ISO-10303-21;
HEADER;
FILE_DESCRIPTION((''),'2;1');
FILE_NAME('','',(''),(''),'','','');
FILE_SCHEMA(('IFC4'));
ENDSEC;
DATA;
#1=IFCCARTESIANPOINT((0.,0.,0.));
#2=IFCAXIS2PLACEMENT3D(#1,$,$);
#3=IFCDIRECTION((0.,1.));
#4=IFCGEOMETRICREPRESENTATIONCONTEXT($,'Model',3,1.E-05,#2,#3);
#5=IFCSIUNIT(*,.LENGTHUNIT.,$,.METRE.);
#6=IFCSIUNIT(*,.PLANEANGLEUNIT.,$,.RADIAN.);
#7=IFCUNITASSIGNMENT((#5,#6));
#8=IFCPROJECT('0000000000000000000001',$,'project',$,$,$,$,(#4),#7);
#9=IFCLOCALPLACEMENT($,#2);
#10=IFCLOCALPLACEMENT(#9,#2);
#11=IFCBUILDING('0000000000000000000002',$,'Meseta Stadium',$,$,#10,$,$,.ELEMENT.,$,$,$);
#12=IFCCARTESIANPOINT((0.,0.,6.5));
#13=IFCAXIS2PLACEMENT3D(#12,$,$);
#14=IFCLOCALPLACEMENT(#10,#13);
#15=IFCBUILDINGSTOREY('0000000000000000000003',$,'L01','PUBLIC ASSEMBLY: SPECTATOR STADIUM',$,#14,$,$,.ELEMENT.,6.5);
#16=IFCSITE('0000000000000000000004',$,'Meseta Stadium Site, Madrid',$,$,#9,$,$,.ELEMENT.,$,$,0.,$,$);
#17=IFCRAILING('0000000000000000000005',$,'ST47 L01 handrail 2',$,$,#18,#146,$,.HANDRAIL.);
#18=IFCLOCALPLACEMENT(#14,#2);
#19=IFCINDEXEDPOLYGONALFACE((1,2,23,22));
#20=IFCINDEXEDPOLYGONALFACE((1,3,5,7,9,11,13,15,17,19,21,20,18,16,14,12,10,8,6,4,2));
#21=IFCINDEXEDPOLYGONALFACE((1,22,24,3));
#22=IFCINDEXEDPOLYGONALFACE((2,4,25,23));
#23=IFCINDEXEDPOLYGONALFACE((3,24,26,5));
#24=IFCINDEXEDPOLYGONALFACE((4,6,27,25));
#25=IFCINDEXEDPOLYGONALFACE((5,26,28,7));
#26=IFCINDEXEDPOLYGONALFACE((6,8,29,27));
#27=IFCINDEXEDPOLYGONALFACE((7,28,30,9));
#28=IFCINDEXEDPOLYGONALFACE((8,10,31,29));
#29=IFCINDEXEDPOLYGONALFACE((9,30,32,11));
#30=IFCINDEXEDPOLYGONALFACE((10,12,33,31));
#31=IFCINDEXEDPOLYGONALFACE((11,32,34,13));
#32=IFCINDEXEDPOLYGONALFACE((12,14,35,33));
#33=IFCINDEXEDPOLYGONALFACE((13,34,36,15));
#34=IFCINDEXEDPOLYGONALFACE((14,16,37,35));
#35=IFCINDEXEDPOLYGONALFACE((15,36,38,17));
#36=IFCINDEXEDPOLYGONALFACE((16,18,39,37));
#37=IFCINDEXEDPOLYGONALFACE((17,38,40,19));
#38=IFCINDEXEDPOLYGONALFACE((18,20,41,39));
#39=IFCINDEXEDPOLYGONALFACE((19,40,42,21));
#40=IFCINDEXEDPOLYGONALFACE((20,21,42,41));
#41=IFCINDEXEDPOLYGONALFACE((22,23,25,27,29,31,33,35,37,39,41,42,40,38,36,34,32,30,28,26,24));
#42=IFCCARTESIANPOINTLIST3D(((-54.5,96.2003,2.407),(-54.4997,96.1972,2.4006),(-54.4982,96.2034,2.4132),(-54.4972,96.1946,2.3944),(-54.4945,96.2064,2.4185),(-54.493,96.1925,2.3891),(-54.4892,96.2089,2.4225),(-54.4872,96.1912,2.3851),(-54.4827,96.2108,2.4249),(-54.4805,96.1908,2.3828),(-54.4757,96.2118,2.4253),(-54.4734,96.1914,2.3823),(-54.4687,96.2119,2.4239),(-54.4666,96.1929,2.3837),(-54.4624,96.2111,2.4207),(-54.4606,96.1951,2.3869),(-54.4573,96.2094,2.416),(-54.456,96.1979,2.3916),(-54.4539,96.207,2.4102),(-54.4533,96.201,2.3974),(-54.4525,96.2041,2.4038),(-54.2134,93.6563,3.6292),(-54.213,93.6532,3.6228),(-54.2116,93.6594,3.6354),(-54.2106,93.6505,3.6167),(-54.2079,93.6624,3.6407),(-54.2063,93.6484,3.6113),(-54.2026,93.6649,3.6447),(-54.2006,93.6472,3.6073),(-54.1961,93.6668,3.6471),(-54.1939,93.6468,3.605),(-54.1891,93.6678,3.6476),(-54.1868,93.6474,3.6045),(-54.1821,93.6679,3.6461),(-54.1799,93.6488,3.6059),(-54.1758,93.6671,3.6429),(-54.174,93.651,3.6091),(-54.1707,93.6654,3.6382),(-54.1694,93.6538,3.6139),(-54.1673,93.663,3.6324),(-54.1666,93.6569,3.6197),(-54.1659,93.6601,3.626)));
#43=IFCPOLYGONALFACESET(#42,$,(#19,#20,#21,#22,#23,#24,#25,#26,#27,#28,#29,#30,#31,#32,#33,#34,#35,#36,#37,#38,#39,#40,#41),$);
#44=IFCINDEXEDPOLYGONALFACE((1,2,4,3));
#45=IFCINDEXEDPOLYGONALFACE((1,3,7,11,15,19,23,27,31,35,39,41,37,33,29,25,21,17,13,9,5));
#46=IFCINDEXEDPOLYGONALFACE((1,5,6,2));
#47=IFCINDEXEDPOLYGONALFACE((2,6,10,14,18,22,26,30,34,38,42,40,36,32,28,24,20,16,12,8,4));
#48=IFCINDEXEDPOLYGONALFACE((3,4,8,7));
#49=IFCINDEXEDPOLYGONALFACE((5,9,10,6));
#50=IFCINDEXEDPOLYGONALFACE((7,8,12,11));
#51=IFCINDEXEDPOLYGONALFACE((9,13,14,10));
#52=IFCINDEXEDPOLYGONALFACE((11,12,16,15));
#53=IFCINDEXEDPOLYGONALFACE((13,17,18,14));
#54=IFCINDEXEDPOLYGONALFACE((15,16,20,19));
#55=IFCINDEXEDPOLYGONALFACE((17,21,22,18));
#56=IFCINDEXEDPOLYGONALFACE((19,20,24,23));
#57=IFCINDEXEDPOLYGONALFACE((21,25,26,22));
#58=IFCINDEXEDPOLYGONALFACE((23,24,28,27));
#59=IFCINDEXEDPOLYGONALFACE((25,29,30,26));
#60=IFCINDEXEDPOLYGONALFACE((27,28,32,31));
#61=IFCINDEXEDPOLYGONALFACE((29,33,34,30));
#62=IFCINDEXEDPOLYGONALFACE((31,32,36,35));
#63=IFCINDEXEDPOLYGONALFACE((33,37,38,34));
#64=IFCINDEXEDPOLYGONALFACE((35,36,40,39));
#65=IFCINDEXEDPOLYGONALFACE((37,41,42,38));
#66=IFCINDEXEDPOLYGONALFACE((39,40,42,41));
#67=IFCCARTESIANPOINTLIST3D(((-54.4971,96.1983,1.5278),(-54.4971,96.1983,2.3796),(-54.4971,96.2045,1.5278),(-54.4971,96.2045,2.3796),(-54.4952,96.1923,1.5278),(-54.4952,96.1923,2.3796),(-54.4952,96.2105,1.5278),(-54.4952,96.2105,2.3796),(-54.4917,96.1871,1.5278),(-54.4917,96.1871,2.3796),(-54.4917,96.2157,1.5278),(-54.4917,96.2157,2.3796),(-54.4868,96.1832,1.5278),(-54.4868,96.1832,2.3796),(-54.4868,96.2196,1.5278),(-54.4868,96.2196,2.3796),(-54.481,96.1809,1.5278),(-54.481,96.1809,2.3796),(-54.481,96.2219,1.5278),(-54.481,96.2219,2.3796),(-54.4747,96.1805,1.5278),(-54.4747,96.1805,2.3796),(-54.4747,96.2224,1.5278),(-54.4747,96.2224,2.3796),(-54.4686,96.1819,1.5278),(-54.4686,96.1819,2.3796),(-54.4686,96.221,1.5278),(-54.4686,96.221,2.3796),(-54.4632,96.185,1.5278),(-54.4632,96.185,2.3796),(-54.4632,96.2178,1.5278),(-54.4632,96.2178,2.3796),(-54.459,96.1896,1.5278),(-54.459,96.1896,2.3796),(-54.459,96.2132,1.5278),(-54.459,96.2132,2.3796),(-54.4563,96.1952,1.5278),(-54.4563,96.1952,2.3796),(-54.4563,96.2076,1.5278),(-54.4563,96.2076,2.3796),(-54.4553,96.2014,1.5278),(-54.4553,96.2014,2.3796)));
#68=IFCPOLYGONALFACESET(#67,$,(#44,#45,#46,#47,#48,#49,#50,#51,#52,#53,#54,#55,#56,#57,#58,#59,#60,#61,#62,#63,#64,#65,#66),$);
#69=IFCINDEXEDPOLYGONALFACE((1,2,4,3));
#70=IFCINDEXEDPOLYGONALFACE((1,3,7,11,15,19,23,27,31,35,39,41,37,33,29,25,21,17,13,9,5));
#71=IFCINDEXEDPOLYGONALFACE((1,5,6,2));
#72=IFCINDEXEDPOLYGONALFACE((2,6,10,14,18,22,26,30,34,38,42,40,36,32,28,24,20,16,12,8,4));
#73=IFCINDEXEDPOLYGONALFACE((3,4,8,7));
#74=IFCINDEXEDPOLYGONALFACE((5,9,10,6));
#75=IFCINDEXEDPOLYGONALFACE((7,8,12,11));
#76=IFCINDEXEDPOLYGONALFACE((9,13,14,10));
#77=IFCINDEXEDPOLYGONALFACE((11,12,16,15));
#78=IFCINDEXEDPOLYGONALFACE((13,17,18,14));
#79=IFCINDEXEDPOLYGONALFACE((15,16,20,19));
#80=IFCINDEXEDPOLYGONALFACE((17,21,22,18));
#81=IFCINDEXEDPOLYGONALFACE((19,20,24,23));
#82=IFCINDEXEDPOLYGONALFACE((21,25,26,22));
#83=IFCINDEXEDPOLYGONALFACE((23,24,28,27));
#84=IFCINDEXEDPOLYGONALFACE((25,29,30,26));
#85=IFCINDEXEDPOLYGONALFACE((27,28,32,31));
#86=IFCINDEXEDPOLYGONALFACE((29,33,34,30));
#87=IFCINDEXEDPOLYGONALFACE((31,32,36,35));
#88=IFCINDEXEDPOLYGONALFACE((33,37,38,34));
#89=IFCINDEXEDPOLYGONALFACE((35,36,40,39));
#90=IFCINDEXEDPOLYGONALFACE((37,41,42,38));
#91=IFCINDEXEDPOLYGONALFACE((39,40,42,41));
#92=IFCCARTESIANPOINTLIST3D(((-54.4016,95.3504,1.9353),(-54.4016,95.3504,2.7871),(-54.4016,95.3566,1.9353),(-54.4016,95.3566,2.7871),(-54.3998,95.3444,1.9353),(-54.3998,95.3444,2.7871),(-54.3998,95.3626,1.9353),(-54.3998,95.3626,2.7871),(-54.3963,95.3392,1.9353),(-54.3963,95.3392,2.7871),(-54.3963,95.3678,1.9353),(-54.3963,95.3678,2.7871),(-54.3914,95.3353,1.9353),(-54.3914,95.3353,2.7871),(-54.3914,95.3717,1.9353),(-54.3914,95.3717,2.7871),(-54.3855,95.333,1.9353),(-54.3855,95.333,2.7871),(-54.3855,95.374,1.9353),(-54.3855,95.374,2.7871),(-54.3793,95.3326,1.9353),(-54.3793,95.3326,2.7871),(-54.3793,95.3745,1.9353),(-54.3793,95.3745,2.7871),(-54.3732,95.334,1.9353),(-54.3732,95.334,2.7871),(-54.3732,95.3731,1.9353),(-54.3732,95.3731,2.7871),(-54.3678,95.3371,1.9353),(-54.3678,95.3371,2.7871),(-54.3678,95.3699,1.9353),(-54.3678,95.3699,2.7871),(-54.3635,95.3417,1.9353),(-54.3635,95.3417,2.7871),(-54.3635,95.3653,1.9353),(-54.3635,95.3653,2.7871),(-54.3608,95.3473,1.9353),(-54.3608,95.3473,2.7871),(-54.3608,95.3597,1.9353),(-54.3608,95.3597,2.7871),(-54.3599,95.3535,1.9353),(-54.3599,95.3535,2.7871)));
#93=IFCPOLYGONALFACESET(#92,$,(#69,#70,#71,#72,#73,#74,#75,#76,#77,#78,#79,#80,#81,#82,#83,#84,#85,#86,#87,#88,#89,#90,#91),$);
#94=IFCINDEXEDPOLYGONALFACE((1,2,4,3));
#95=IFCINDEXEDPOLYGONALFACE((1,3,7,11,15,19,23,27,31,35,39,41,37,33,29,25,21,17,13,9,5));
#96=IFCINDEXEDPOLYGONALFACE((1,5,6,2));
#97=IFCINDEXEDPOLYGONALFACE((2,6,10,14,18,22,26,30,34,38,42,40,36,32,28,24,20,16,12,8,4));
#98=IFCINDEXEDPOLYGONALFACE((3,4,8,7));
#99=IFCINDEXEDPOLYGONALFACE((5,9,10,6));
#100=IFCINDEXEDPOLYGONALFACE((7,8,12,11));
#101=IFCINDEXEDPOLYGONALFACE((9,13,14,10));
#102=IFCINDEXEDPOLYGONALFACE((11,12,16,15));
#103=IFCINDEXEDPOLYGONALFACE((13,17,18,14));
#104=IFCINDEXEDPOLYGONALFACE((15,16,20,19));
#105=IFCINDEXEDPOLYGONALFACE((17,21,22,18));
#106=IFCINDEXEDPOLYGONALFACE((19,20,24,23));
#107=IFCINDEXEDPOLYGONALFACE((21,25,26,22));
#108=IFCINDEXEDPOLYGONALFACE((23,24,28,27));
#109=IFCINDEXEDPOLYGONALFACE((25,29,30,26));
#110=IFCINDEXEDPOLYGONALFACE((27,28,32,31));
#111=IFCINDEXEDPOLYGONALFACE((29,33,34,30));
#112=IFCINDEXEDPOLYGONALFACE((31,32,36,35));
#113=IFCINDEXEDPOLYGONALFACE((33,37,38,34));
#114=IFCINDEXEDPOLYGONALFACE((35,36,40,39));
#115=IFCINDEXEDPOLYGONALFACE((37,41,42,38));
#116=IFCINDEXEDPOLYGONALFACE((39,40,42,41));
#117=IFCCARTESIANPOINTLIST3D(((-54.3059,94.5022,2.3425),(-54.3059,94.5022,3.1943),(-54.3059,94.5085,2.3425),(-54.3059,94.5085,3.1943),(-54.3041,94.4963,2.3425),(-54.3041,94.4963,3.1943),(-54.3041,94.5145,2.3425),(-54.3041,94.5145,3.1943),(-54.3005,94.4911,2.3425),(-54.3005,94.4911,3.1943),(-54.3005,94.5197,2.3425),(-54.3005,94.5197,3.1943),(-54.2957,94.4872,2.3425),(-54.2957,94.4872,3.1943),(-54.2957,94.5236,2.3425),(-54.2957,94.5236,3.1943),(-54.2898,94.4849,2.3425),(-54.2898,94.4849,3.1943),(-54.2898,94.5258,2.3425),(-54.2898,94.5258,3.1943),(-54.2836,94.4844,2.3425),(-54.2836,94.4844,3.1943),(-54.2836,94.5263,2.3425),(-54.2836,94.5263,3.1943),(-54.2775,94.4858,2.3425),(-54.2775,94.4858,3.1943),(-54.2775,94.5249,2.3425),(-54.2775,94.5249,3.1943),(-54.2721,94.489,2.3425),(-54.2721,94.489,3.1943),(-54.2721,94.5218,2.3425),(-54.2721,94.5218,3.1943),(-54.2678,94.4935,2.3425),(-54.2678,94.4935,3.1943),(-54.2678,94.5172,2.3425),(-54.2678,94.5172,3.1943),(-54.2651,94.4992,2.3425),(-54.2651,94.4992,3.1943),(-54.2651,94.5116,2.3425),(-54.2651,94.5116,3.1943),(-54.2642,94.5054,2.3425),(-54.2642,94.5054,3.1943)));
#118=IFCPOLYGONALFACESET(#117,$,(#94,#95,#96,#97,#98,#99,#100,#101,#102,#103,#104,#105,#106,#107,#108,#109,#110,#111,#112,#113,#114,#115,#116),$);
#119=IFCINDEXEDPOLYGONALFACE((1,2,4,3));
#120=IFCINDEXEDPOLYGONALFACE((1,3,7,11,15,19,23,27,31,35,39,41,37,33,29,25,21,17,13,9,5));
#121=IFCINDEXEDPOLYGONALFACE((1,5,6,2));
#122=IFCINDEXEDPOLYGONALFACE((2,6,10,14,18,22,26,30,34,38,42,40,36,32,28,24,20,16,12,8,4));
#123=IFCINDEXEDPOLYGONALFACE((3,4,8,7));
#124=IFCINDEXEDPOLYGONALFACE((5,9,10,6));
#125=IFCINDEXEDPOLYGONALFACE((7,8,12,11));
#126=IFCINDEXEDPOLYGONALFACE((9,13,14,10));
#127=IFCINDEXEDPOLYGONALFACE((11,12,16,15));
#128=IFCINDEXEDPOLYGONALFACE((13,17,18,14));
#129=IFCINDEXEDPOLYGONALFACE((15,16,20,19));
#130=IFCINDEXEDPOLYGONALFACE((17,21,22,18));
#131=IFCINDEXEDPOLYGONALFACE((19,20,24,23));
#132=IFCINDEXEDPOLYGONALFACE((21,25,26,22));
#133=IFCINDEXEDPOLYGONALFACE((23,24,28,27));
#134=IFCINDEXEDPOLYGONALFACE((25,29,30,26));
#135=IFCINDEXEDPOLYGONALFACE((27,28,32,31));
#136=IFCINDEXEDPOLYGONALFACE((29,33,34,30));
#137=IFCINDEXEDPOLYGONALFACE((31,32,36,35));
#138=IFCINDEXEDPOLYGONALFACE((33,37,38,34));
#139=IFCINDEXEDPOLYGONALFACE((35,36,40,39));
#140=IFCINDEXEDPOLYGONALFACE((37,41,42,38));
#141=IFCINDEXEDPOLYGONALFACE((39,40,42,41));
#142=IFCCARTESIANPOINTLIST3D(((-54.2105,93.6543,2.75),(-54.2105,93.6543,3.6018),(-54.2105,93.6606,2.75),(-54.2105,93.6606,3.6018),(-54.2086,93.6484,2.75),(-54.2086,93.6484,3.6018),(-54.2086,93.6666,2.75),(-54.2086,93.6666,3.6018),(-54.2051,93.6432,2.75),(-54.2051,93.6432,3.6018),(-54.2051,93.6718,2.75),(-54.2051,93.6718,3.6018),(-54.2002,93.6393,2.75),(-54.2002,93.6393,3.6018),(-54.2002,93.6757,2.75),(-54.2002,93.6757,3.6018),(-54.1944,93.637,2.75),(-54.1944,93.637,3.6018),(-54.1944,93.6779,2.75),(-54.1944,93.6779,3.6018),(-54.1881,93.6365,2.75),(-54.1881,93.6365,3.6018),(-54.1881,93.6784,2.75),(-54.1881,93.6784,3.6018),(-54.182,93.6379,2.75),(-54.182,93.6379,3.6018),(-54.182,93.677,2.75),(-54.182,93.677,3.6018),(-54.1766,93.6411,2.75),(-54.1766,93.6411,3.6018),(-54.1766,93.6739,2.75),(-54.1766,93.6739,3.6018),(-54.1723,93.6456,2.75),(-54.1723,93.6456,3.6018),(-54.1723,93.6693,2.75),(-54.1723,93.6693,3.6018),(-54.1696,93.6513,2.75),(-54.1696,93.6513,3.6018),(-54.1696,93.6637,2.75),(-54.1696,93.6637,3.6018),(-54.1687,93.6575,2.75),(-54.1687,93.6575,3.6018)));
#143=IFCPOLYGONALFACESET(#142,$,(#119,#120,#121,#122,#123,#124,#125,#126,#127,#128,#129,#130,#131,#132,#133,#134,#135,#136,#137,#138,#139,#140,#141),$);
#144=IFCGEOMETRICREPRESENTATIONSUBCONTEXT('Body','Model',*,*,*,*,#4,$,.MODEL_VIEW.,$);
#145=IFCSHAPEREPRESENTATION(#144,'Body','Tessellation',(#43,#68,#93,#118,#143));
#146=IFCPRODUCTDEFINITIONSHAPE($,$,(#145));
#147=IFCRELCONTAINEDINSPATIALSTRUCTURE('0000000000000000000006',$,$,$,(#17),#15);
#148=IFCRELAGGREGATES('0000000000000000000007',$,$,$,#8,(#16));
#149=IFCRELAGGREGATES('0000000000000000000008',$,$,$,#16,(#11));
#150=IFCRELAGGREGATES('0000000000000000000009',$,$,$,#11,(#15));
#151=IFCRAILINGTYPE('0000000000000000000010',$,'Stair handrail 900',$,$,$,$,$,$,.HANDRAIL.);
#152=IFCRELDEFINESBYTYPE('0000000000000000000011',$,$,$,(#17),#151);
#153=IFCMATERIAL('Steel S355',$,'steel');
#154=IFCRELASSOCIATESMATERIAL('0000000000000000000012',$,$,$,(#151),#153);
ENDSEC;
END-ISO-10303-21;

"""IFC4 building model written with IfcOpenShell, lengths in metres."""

from ifc_helpers import new_model, si_unit, direction, frame, origin, origin_2d, place, context, subcontext, project, spatial, circle, extrude, material, type_object, element, save


model = new_model("IFC4")

# Units and contexts
model_context = context("Model", 3, precision=1e-05, world=origin(), true_north=direction((0.0, 1.0)))
body_context = subcontext(model_context, "Body", "Model", "MODEL_VIEW")
ifc_project = project(units=[si_unit("LENGTHUNIT", "METRE"), si_unit("PLANEANGLEUNIT", "RADIAN")], contexts=[model_context])

# Site, building, storey
site_placement = place(None, origin())
site = spatial("IfcSite", under=ifc_project, at=site_placement, Name="Meseta Stadium Site, Madrid", CompositionType="ELEMENT", RefElevation=0.0)
building_placement = place(site_placement, origin())
building = spatial("IfcBuilding", under=site, at=building_placement, Name="Meseta Stadium", CompositionType="ELEMENT")
storey_placement = place(building_placement, frame((0.0, 0.0, 6.5)))
storey = spatial("IfcBuildingStorey", under=building, at=storey_placement, Name="L01", Description="PUBLIC ASSEMBLY: SPECTATOR STADIUM", CompositionType="ELEMENT", Elevation=6.5)

# Railing
ifc_material_1 = material(Name="Steel S355", Category="steel")
railing_type_1 = type_object("IfcRailingType", Name="Stair handrail 900", PredefinedType="HANDRAIL", material=ifc_material_1)
for number, where, name in (
    (1, (-54.4763, 96.2014, 1.5278), "ST47 L01 handrail 2"),
):
    element("IfcRailing", number, at=place(storey_placement, frame(where)), inside=storey, type_object=railing_type_1, Name=name, PredefinedType="HANDRAIL", context=body_context, shape_type="SweptSolid", body=[
        extrude(circle(Radius=0.0239, at=origin_2d()), frame((0.0, 0.0, 0.876), z_axis=(0.101036, -0.896762, 0.430824), x_axis=(0.993713, 0.11196, 0.0)), (0.0, 0.0, 1.0), 2.8369),
        extrude(circle(Radius=0.021, at=origin_2d()), origin(), (0.0, 0.0, 1.0), 0.8518),
        extrude(circle(Radius=0.021, at=origin_2d()), frame((0.0955, -0.8479, 0.4075)), (0.0, 0.0, 1.0), 0.8518),
        extrude(circle(Radius=0.021, at=origin_2d()), frame((0.1912, -1.696, 0.8147)), (0.0, 0.0, 1.0), 0.8518),
        extrude(circle(Radius=0.021, at=origin_2d()), frame((0.2866, -2.5439, 1.2222)), (0.0, 0.0, 1.0), 0.8518),
    ])

save(model, "model.ifc")
